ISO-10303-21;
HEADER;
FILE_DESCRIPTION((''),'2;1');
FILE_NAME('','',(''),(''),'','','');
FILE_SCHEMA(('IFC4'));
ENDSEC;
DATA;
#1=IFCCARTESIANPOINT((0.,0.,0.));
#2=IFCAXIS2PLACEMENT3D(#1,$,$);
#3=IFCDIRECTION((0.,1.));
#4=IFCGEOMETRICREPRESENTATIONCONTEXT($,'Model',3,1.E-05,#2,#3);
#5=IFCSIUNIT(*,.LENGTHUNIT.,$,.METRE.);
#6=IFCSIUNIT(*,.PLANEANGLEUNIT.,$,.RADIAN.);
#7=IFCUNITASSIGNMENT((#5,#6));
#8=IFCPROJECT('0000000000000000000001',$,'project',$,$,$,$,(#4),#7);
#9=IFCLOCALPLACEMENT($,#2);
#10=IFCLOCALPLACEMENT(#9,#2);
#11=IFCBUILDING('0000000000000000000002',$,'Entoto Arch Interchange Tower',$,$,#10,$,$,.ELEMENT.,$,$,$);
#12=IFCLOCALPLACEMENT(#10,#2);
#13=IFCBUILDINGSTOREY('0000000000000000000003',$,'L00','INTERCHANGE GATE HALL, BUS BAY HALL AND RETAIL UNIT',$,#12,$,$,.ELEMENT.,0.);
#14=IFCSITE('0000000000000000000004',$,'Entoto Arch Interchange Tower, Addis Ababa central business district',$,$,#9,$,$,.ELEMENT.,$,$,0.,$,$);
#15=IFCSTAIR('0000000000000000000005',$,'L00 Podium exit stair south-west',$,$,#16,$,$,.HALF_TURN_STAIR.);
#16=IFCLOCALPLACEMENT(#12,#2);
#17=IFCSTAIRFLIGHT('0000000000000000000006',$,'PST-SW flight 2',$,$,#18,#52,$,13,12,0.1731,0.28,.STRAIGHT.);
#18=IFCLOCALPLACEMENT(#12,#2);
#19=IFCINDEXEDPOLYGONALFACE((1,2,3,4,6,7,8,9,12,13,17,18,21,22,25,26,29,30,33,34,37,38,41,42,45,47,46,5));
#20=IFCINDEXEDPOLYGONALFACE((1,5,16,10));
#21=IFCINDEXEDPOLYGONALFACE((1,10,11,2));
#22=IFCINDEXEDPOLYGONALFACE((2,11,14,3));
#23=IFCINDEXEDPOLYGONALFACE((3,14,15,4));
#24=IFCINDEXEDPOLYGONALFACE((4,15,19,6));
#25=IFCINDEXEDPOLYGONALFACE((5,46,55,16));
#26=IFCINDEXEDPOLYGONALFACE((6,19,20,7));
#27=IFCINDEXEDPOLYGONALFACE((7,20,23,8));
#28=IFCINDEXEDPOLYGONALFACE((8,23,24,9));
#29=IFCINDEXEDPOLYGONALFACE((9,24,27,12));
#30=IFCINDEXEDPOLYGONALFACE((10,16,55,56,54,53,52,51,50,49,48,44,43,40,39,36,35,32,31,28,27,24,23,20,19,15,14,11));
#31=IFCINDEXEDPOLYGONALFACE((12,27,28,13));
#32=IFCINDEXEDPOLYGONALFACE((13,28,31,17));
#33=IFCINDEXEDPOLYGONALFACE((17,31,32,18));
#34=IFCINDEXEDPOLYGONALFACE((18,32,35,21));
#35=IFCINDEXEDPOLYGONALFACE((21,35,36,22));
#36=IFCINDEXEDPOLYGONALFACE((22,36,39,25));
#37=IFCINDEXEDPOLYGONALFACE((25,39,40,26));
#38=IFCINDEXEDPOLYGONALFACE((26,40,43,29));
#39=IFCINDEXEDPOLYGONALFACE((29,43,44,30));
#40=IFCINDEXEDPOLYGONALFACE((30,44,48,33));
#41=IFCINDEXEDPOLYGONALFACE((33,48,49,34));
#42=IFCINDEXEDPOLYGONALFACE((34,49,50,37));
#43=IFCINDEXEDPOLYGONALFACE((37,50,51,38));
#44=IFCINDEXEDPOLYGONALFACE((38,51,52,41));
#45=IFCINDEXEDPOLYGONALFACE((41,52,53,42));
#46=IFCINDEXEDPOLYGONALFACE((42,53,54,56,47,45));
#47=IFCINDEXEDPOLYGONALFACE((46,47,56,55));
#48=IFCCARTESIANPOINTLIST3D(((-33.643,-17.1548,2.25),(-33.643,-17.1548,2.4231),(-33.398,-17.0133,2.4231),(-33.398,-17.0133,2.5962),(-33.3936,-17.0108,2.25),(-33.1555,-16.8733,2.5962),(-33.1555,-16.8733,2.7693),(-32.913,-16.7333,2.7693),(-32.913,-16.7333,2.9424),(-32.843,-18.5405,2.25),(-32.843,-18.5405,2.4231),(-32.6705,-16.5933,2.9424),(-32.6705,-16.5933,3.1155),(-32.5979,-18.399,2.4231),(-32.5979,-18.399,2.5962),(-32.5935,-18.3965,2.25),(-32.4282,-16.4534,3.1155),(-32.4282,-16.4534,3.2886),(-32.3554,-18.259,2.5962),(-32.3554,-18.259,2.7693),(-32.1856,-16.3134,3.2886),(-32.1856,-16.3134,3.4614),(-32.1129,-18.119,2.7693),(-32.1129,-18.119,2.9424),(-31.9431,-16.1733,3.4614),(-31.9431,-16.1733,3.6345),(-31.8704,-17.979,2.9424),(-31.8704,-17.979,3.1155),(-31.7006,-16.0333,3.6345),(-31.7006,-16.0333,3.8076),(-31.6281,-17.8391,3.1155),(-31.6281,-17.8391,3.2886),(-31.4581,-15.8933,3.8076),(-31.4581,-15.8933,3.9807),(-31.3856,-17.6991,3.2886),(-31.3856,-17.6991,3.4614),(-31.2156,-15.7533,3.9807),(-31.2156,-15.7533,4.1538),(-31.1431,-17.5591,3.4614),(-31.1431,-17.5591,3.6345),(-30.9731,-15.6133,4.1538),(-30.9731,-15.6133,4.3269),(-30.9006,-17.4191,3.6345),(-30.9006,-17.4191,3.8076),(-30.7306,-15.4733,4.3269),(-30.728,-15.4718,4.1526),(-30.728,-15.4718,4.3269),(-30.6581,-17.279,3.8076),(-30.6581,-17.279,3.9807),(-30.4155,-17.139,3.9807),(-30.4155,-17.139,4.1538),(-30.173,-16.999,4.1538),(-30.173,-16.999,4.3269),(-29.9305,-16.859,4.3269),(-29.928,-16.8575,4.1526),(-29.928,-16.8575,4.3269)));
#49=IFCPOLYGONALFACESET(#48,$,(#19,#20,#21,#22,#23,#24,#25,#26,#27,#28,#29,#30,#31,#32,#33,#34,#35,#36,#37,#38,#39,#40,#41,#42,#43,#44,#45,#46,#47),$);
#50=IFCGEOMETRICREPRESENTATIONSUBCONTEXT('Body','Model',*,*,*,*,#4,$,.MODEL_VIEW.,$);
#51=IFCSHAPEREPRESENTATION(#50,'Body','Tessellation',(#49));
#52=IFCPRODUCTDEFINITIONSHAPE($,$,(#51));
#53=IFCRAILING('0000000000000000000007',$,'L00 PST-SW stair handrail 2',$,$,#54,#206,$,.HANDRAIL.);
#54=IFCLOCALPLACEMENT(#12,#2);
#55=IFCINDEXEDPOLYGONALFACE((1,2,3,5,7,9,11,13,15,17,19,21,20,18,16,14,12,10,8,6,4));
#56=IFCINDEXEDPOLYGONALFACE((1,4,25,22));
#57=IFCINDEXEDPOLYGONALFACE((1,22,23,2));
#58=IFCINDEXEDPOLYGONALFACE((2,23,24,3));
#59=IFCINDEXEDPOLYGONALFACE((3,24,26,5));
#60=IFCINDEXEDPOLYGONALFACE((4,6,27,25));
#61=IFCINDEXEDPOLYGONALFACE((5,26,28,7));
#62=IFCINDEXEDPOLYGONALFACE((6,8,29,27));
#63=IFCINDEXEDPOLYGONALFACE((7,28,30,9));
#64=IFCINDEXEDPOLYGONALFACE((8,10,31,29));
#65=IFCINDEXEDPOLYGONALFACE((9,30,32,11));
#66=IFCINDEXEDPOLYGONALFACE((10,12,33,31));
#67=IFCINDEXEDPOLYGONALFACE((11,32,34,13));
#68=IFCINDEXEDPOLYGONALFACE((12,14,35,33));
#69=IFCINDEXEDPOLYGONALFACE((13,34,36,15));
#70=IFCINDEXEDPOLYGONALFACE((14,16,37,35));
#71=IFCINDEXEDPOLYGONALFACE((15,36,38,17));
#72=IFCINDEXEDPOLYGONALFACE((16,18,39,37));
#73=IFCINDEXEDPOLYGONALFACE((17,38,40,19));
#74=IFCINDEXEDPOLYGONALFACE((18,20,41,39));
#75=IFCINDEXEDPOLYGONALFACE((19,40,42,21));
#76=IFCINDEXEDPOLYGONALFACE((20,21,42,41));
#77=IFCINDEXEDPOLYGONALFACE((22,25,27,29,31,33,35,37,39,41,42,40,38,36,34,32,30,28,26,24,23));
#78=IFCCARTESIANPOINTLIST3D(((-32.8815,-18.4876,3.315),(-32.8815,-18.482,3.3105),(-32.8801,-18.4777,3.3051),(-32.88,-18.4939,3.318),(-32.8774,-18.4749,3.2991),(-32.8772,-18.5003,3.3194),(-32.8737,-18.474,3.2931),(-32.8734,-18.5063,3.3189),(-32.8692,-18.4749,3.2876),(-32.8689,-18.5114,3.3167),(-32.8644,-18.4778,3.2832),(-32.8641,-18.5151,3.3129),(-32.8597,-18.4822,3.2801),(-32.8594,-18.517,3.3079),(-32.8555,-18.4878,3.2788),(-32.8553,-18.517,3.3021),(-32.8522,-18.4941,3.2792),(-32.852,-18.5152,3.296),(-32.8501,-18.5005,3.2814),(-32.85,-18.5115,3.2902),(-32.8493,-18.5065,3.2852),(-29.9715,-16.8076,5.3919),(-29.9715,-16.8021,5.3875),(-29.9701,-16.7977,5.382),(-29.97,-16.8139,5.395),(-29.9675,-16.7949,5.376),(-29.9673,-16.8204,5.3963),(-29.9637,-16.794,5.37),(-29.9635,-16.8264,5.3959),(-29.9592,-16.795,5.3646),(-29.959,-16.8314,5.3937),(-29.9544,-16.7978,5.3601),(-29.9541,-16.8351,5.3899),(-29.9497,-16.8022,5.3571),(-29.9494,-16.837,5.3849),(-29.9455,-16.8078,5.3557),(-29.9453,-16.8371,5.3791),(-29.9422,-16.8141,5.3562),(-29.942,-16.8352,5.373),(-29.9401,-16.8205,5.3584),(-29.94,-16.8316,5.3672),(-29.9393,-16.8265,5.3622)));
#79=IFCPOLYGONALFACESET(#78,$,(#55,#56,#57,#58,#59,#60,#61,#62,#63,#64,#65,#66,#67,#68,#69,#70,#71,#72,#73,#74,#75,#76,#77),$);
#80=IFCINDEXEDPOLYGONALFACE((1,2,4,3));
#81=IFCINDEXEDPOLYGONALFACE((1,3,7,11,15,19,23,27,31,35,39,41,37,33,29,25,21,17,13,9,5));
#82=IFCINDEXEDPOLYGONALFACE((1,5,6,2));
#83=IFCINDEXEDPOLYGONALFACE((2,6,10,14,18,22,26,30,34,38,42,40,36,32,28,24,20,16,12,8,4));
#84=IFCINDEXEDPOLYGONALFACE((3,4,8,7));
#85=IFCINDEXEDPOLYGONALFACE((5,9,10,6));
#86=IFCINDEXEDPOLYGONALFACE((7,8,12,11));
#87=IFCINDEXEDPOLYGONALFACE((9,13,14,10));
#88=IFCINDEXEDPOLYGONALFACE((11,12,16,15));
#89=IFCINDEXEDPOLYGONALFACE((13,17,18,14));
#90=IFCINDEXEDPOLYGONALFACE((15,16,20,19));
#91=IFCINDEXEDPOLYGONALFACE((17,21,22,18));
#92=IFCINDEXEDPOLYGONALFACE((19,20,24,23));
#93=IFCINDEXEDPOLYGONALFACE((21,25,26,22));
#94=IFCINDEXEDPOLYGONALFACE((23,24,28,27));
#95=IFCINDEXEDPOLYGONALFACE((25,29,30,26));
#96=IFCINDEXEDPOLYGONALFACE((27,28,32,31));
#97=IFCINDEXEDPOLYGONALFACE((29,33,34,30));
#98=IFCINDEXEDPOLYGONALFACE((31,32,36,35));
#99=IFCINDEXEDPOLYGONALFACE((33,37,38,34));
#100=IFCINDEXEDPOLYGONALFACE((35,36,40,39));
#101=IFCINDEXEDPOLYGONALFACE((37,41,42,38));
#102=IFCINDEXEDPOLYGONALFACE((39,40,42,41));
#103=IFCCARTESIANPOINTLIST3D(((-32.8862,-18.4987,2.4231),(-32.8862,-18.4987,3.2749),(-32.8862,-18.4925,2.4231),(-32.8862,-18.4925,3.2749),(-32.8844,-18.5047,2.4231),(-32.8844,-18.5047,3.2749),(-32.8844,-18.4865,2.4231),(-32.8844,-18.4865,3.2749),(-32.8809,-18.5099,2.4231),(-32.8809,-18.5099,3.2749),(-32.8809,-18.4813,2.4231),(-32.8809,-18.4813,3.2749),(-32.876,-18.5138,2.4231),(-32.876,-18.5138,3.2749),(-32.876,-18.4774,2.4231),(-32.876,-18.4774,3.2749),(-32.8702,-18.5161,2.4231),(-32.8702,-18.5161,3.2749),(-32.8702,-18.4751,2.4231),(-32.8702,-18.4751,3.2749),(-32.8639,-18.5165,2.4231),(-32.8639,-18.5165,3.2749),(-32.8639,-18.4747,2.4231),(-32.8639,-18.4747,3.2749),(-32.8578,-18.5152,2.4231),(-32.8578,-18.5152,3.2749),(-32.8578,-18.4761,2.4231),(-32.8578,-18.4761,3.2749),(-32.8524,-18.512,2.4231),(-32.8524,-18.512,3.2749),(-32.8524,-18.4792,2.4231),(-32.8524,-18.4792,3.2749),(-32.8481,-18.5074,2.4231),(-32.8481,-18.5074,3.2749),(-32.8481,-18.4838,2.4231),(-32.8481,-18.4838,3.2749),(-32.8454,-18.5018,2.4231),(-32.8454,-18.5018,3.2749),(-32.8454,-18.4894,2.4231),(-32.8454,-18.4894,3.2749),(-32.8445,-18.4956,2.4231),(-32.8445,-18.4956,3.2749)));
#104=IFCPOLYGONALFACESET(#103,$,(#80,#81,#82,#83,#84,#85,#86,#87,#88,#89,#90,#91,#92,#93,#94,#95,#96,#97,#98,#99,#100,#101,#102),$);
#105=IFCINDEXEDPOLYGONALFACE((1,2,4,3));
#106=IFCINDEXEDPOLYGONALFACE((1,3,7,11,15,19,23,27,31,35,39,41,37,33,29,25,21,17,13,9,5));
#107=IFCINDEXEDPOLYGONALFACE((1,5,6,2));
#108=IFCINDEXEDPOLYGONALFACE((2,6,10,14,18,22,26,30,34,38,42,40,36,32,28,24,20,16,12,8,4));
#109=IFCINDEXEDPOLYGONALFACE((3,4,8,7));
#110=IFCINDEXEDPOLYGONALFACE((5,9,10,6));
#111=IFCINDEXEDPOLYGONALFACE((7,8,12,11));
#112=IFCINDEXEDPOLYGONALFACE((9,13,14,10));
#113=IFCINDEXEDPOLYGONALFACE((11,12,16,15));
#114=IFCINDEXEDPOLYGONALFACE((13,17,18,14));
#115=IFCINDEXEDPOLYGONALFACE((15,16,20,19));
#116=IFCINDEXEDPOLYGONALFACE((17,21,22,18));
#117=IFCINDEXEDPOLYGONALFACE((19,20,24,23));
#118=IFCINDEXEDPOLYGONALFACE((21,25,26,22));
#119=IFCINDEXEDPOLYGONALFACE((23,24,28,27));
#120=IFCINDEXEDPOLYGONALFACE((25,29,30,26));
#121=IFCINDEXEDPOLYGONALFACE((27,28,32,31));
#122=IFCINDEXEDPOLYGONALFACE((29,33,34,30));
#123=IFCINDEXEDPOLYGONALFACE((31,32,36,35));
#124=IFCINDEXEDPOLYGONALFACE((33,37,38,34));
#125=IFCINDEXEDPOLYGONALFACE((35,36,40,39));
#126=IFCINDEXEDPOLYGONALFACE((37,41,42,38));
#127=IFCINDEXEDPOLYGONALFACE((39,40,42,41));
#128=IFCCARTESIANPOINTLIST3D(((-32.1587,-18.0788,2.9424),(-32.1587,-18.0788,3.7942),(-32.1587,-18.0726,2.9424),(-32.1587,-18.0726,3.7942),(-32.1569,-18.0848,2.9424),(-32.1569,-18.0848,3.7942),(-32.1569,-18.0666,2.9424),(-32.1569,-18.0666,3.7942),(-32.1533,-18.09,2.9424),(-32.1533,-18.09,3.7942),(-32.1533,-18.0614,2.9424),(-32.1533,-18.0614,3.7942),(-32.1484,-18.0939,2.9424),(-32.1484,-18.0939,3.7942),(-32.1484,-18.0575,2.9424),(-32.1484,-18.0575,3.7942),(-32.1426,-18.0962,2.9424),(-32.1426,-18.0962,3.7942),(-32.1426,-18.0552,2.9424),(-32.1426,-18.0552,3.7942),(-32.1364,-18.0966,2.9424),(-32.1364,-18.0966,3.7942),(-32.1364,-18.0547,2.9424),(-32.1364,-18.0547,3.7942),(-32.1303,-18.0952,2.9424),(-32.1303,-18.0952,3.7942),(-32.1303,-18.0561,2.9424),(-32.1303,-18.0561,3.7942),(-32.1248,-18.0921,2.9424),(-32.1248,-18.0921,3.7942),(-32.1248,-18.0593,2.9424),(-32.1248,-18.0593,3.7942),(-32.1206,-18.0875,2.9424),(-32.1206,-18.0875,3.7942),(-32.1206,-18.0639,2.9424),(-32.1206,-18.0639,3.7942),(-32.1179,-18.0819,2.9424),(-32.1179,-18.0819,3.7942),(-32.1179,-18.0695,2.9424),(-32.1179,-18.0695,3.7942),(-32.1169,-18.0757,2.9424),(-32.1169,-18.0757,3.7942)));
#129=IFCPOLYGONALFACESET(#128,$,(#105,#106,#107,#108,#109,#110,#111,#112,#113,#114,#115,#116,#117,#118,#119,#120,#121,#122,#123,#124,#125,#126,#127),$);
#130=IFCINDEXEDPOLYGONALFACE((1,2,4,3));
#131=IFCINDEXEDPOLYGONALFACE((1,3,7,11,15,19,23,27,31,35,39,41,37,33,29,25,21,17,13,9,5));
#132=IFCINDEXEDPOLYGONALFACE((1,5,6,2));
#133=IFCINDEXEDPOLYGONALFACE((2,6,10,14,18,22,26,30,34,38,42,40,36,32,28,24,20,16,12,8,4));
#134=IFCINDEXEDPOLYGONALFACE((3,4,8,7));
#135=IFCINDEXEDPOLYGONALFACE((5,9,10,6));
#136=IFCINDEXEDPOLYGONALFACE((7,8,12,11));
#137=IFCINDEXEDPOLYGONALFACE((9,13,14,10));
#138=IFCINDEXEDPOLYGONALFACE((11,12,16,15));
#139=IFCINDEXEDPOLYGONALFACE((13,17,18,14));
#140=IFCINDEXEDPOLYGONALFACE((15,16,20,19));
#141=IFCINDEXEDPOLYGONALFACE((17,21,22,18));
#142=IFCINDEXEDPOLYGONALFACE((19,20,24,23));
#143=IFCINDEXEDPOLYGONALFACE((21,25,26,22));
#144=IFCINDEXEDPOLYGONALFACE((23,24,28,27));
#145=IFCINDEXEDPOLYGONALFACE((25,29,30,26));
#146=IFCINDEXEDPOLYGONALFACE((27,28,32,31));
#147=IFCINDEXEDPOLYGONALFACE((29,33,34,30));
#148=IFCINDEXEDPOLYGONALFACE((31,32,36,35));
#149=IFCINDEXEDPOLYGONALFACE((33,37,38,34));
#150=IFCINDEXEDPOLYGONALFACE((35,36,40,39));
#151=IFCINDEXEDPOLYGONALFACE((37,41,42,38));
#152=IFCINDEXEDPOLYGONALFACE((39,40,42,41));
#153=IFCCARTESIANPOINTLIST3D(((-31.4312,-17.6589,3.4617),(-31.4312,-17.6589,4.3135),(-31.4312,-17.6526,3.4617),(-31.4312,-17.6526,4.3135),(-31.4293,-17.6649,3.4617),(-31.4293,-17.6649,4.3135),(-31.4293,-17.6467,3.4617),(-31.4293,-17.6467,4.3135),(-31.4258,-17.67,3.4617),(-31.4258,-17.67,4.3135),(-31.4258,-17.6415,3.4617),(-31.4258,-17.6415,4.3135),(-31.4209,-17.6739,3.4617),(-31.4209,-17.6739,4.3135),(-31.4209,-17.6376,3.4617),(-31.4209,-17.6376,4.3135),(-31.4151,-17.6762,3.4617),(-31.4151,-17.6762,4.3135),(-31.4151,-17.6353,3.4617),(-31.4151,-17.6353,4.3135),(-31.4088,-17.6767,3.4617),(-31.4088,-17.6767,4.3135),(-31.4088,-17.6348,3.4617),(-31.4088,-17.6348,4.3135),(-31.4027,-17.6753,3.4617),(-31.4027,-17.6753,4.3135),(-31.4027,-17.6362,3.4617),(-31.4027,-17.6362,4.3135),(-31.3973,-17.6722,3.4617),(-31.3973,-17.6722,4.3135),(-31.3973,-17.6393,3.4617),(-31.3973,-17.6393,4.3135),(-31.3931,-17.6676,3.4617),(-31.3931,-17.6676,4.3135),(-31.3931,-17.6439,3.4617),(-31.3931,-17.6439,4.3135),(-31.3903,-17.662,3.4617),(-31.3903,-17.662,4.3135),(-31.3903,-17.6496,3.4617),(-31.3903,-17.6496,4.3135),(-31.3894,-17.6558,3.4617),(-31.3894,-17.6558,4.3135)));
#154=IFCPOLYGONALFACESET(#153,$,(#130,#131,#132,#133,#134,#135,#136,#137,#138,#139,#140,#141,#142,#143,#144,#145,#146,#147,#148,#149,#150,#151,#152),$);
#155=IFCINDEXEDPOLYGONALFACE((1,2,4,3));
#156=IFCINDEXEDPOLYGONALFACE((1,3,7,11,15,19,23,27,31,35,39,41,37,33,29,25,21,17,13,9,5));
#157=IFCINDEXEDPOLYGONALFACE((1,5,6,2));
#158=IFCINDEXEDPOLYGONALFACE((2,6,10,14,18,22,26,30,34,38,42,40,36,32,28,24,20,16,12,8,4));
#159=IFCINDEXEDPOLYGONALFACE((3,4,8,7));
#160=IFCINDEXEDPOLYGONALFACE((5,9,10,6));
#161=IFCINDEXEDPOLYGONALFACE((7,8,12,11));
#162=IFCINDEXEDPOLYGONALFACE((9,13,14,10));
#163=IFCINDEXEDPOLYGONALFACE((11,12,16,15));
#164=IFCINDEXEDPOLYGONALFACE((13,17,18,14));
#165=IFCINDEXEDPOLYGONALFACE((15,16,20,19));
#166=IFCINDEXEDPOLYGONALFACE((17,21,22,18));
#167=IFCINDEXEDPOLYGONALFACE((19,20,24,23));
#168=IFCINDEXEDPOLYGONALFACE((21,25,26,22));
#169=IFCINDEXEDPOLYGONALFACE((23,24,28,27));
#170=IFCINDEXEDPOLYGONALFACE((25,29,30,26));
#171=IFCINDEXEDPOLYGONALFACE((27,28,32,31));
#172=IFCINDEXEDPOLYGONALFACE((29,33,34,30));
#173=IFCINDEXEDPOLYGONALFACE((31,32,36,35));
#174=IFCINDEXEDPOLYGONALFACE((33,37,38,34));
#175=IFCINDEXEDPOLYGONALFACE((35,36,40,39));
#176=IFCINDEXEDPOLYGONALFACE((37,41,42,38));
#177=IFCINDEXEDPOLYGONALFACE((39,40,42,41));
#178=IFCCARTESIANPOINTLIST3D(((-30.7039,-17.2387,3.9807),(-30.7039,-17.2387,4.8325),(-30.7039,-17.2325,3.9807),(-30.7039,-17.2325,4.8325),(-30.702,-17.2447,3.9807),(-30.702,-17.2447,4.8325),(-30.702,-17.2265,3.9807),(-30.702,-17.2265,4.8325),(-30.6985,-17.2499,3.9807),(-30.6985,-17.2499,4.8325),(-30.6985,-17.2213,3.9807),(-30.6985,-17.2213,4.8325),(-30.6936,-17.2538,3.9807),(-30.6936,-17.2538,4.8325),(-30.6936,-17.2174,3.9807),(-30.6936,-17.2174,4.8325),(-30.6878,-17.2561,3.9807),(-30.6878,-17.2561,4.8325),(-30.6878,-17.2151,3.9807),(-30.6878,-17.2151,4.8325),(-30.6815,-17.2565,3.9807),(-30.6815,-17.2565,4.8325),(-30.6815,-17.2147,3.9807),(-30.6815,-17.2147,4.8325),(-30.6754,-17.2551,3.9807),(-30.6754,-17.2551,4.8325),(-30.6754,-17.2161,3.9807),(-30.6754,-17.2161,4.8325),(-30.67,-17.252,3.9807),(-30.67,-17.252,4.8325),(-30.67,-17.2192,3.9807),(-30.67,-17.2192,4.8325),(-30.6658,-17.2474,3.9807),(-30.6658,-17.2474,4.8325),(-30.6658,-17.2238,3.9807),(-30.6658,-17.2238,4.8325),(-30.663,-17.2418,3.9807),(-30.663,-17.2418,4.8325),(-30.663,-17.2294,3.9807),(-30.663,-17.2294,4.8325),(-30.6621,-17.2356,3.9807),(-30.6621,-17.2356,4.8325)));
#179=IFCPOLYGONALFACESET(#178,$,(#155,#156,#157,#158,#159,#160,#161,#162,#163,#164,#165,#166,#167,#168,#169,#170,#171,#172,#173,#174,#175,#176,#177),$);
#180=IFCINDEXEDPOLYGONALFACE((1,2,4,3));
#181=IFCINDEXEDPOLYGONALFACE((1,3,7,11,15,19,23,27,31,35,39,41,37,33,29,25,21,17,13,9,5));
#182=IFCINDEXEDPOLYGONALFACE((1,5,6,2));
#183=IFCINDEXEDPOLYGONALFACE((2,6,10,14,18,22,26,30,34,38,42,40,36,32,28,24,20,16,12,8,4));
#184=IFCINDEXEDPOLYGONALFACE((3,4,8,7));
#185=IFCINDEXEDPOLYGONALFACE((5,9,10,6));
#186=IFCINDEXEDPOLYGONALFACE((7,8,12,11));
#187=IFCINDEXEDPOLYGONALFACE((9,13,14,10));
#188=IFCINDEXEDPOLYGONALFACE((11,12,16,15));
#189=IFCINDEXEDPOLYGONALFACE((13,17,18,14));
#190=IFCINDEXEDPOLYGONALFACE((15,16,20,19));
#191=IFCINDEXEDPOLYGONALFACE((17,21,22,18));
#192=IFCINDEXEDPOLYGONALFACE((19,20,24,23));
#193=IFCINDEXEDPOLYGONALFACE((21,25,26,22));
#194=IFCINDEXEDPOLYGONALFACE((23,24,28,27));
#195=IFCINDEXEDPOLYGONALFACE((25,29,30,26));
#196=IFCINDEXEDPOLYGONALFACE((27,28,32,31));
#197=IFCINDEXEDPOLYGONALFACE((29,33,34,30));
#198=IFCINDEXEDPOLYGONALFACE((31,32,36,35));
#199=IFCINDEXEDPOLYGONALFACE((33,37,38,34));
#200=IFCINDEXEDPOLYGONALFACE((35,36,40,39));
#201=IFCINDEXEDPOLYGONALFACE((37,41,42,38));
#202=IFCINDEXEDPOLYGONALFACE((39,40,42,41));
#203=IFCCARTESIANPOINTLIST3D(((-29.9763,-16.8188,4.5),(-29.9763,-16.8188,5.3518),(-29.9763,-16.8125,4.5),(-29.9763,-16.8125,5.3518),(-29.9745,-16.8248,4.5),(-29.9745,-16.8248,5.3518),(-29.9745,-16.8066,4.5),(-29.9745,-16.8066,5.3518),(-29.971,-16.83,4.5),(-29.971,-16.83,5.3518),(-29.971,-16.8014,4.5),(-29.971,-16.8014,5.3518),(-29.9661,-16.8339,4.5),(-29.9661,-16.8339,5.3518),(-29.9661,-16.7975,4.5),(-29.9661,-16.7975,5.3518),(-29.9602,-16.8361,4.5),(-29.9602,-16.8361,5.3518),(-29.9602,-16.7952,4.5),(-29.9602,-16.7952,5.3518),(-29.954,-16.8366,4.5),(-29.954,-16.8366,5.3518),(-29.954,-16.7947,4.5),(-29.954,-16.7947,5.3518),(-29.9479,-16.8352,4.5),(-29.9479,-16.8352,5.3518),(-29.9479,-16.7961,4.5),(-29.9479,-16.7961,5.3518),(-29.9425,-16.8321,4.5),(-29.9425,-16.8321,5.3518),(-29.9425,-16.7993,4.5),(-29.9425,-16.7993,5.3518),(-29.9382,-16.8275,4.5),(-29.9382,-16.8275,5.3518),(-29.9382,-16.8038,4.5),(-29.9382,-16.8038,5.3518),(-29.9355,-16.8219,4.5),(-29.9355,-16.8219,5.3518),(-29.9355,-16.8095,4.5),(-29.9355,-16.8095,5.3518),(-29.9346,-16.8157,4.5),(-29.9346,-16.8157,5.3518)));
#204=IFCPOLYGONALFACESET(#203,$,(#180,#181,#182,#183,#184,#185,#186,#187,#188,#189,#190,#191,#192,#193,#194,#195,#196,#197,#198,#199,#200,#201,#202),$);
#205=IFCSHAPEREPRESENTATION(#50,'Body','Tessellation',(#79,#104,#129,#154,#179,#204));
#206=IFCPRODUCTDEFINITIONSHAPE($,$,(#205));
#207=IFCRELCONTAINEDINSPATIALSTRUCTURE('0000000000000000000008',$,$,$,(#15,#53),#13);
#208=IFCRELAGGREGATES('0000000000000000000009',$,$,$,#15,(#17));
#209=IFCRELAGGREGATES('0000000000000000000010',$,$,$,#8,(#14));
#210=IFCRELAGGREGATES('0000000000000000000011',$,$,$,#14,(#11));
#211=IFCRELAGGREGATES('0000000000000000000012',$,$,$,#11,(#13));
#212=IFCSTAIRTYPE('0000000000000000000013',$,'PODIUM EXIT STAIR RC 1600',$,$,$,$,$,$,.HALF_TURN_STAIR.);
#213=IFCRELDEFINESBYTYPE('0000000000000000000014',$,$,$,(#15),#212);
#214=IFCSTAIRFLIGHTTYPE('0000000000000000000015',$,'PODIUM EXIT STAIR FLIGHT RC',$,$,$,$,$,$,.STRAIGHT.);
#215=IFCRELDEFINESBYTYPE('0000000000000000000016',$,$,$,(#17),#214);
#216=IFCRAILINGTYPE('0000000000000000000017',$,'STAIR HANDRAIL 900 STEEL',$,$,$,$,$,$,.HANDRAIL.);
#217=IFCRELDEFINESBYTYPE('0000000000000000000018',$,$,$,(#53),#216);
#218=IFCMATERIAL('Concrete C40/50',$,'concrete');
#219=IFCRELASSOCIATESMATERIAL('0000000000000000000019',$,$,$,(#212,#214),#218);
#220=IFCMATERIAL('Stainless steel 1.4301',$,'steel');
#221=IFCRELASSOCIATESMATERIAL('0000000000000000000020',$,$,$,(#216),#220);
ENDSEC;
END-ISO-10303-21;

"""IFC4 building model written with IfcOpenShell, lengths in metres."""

from ifc_helpers import new_model, si_unit, direction, frame, origin, origin_2d, place, context, subcontext, project, spatial, polyline, circle, outline, extrude, material, type_object, element, aggregate, save


model = new_model("IFC4")

# Units and contexts
model_context = context("Model", 3, precision=1e-05, world=origin(), true_north=direction((0.0, 1.0)))
body_context = subcontext(model_context, "Body", "Model", "MODEL_VIEW")
ifc_project = project(units=[si_unit("LENGTHUNIT", "METRE"), si_unit("PLANEANGLEUNIT", "RADIAN")], contexts=[model_context])

# Site, building, storey
site_placement = place(None, origin())
site = spatial("IfcSite", under=ifc_project, at=site_placement, Name="Entoto Arch Interchange Tower, Addis Ababa central business district", CompositionType="ELEMENT", RefElevation=0.0)
building_placement = place(site_placement, origin())
building = spatial("IfcBuilding", under=site, at=building_placement, Name="Entoto Arch Interchange Tower", CompositionType="ELEMENT")
storey_placement = place(building_placement, origin())
storey = spatial("IfcBuildingStorey", under=building, at=storey_placement, Name="L00", Description="INTERCHANGE GATE HALL, BUS BAY HALL AND RETAIL UNIT", CompositionType="ELEMENT", Elevation=0.0)

# Stair, stair flight
ifc_material_1 = material(Name="Concrete C40/50", Category="concrete")
stair_type = type_object("IfcStairType", Name="PODIUM EXIT STAIR RC 1600", PredefinedType="HALF_TURN_STAIR", material=ifc_material_1)
stair_placement = place(storey_placement, origin())
stair = element("IfcStair", 1, at=stair_placement, inside=storey, type_object=stair_type, Name="L00 Podium exit stair south-west", PredefinedType="HALF_TURN_STAIR")
stair_flight_type = type_object("IfcStairFlightType", Name="PODIUM EXIT STAIR FLIGHT RC", PredefinedType="STRAIGHT", material=ifc_material_1)
stair_flight_placement = place(storey_placement, frame((-33.2405, -17.8462, 2.25), z_axis=(0.0, 0.0, 1.0), x_axis=(0.866025, 0.5, 0.0)))
stair_flight = element("IfcStairFlight", 2, at=stair_flight_placement, type_object=stair_flight_type, Name="PST-SW flight 2", NumberOfRisers=13, NumberOfTreads=12, PredefinedType="STRAIGHT", RiserHeight=0.1731, TreadLength=0.28, context=body_context, shape_type="SweptSolid", body=[
    extrude(outline(polyline([(-0.0029, 0.0), (-0.0029, 0.1731), (0.28, 0.1731), (0.28, 0.3462), (0.5601, 0.3462), (0.5601, 0.5193), (0.8401, 0.5193), (0.8401, 0.6924), (1.1201, 0.6924), (1.1201, 0.8655), (1.3999, 0.8655), (1.3999, 1.0386), (1.6799, 1.0386), (1.6799, 1.2114), (1.96, 1.2114), (1.96, 1.3845), (2.24, 1.3845), (2.24, 1.5576), (2.52, 1.5576), (2.52, 1.7307), (2.8, 1.7307), (2.8, 1.9038), (3.0801, 1.9038), (3.0801, 2.0769), (3.3601, 2.0769), (3.363, 2.0769), (3.363, 1.9026), (0.2852, 0.0), (-0.0029, 0.0)])), frame((0.0, 0.8, 0.0), z_axis=(0.0, -1.0, 0.0), x_axis=(1.0, 0.0, 0.0)), (0.0, 0.0, 1.0), 1.6001),
])
aggregate(stair, [stair_flight])

# Railing
ifc_material_2 = material(Name="Stainless steel 1.4301", Category="steel")
railing_type = type_object("IfcRailingType", Name="STAIR HANDRAIL 900 STEEL", PredefinedType="HANDRAIL", material=ifc_material_2)
for number, where, name in (
    (3, (-32.8655, -18.4956, 2.4231), "L00 PST-SW stair handrail 2"),
):
    element("IfcRailing", number, at=place(storey_placement, frame(where)), inside=storey, type_object=railing_type, Name=name, PredefinedType="HANDRAIL", context=body_context, shape_type="SweptSolid", body=[
        extrude(circle(Radius=0.0239, at=origin_2d()), frame((0.0, 0.0, 0.876), z_axis=(0.736668, 0.425288, 0.525785), x_axis=(-0.499976, 0.866039, 0.0)), (0.0, 0.0, 1.0), 3.9502),
        extrude(circle(Radius=0.021, at=origin_2d()), origin(), (0.0, 0.0, 1.0), 0.8518),
        extrude(circle(Radius=0.021, at=origin_2d()), frame((0.7275, 0.4199, 0.5193)), (0.0, 0.0, 1.0), 0.8518),
        extrude(circle(Radius=0.021, at=origin_2d()), frame((1.4551, 0.8398, 1.0386)), (0.0, 0.0, 1.0), 0.8518),
        extrude(circle(Radius=0.021, at=origin_2d()), frame((2.1824, 1.26, 1.5576)), (0.0, 0.0, 1.0), 0.8518),
        extrude(circle(Radius=0.021, at=origin_2d()), frame((2.9099, 1.6799, 2.0769)), (0.0, 0.0, 1.0), 0.8518),
    ])

save(model, "model.ifc")
